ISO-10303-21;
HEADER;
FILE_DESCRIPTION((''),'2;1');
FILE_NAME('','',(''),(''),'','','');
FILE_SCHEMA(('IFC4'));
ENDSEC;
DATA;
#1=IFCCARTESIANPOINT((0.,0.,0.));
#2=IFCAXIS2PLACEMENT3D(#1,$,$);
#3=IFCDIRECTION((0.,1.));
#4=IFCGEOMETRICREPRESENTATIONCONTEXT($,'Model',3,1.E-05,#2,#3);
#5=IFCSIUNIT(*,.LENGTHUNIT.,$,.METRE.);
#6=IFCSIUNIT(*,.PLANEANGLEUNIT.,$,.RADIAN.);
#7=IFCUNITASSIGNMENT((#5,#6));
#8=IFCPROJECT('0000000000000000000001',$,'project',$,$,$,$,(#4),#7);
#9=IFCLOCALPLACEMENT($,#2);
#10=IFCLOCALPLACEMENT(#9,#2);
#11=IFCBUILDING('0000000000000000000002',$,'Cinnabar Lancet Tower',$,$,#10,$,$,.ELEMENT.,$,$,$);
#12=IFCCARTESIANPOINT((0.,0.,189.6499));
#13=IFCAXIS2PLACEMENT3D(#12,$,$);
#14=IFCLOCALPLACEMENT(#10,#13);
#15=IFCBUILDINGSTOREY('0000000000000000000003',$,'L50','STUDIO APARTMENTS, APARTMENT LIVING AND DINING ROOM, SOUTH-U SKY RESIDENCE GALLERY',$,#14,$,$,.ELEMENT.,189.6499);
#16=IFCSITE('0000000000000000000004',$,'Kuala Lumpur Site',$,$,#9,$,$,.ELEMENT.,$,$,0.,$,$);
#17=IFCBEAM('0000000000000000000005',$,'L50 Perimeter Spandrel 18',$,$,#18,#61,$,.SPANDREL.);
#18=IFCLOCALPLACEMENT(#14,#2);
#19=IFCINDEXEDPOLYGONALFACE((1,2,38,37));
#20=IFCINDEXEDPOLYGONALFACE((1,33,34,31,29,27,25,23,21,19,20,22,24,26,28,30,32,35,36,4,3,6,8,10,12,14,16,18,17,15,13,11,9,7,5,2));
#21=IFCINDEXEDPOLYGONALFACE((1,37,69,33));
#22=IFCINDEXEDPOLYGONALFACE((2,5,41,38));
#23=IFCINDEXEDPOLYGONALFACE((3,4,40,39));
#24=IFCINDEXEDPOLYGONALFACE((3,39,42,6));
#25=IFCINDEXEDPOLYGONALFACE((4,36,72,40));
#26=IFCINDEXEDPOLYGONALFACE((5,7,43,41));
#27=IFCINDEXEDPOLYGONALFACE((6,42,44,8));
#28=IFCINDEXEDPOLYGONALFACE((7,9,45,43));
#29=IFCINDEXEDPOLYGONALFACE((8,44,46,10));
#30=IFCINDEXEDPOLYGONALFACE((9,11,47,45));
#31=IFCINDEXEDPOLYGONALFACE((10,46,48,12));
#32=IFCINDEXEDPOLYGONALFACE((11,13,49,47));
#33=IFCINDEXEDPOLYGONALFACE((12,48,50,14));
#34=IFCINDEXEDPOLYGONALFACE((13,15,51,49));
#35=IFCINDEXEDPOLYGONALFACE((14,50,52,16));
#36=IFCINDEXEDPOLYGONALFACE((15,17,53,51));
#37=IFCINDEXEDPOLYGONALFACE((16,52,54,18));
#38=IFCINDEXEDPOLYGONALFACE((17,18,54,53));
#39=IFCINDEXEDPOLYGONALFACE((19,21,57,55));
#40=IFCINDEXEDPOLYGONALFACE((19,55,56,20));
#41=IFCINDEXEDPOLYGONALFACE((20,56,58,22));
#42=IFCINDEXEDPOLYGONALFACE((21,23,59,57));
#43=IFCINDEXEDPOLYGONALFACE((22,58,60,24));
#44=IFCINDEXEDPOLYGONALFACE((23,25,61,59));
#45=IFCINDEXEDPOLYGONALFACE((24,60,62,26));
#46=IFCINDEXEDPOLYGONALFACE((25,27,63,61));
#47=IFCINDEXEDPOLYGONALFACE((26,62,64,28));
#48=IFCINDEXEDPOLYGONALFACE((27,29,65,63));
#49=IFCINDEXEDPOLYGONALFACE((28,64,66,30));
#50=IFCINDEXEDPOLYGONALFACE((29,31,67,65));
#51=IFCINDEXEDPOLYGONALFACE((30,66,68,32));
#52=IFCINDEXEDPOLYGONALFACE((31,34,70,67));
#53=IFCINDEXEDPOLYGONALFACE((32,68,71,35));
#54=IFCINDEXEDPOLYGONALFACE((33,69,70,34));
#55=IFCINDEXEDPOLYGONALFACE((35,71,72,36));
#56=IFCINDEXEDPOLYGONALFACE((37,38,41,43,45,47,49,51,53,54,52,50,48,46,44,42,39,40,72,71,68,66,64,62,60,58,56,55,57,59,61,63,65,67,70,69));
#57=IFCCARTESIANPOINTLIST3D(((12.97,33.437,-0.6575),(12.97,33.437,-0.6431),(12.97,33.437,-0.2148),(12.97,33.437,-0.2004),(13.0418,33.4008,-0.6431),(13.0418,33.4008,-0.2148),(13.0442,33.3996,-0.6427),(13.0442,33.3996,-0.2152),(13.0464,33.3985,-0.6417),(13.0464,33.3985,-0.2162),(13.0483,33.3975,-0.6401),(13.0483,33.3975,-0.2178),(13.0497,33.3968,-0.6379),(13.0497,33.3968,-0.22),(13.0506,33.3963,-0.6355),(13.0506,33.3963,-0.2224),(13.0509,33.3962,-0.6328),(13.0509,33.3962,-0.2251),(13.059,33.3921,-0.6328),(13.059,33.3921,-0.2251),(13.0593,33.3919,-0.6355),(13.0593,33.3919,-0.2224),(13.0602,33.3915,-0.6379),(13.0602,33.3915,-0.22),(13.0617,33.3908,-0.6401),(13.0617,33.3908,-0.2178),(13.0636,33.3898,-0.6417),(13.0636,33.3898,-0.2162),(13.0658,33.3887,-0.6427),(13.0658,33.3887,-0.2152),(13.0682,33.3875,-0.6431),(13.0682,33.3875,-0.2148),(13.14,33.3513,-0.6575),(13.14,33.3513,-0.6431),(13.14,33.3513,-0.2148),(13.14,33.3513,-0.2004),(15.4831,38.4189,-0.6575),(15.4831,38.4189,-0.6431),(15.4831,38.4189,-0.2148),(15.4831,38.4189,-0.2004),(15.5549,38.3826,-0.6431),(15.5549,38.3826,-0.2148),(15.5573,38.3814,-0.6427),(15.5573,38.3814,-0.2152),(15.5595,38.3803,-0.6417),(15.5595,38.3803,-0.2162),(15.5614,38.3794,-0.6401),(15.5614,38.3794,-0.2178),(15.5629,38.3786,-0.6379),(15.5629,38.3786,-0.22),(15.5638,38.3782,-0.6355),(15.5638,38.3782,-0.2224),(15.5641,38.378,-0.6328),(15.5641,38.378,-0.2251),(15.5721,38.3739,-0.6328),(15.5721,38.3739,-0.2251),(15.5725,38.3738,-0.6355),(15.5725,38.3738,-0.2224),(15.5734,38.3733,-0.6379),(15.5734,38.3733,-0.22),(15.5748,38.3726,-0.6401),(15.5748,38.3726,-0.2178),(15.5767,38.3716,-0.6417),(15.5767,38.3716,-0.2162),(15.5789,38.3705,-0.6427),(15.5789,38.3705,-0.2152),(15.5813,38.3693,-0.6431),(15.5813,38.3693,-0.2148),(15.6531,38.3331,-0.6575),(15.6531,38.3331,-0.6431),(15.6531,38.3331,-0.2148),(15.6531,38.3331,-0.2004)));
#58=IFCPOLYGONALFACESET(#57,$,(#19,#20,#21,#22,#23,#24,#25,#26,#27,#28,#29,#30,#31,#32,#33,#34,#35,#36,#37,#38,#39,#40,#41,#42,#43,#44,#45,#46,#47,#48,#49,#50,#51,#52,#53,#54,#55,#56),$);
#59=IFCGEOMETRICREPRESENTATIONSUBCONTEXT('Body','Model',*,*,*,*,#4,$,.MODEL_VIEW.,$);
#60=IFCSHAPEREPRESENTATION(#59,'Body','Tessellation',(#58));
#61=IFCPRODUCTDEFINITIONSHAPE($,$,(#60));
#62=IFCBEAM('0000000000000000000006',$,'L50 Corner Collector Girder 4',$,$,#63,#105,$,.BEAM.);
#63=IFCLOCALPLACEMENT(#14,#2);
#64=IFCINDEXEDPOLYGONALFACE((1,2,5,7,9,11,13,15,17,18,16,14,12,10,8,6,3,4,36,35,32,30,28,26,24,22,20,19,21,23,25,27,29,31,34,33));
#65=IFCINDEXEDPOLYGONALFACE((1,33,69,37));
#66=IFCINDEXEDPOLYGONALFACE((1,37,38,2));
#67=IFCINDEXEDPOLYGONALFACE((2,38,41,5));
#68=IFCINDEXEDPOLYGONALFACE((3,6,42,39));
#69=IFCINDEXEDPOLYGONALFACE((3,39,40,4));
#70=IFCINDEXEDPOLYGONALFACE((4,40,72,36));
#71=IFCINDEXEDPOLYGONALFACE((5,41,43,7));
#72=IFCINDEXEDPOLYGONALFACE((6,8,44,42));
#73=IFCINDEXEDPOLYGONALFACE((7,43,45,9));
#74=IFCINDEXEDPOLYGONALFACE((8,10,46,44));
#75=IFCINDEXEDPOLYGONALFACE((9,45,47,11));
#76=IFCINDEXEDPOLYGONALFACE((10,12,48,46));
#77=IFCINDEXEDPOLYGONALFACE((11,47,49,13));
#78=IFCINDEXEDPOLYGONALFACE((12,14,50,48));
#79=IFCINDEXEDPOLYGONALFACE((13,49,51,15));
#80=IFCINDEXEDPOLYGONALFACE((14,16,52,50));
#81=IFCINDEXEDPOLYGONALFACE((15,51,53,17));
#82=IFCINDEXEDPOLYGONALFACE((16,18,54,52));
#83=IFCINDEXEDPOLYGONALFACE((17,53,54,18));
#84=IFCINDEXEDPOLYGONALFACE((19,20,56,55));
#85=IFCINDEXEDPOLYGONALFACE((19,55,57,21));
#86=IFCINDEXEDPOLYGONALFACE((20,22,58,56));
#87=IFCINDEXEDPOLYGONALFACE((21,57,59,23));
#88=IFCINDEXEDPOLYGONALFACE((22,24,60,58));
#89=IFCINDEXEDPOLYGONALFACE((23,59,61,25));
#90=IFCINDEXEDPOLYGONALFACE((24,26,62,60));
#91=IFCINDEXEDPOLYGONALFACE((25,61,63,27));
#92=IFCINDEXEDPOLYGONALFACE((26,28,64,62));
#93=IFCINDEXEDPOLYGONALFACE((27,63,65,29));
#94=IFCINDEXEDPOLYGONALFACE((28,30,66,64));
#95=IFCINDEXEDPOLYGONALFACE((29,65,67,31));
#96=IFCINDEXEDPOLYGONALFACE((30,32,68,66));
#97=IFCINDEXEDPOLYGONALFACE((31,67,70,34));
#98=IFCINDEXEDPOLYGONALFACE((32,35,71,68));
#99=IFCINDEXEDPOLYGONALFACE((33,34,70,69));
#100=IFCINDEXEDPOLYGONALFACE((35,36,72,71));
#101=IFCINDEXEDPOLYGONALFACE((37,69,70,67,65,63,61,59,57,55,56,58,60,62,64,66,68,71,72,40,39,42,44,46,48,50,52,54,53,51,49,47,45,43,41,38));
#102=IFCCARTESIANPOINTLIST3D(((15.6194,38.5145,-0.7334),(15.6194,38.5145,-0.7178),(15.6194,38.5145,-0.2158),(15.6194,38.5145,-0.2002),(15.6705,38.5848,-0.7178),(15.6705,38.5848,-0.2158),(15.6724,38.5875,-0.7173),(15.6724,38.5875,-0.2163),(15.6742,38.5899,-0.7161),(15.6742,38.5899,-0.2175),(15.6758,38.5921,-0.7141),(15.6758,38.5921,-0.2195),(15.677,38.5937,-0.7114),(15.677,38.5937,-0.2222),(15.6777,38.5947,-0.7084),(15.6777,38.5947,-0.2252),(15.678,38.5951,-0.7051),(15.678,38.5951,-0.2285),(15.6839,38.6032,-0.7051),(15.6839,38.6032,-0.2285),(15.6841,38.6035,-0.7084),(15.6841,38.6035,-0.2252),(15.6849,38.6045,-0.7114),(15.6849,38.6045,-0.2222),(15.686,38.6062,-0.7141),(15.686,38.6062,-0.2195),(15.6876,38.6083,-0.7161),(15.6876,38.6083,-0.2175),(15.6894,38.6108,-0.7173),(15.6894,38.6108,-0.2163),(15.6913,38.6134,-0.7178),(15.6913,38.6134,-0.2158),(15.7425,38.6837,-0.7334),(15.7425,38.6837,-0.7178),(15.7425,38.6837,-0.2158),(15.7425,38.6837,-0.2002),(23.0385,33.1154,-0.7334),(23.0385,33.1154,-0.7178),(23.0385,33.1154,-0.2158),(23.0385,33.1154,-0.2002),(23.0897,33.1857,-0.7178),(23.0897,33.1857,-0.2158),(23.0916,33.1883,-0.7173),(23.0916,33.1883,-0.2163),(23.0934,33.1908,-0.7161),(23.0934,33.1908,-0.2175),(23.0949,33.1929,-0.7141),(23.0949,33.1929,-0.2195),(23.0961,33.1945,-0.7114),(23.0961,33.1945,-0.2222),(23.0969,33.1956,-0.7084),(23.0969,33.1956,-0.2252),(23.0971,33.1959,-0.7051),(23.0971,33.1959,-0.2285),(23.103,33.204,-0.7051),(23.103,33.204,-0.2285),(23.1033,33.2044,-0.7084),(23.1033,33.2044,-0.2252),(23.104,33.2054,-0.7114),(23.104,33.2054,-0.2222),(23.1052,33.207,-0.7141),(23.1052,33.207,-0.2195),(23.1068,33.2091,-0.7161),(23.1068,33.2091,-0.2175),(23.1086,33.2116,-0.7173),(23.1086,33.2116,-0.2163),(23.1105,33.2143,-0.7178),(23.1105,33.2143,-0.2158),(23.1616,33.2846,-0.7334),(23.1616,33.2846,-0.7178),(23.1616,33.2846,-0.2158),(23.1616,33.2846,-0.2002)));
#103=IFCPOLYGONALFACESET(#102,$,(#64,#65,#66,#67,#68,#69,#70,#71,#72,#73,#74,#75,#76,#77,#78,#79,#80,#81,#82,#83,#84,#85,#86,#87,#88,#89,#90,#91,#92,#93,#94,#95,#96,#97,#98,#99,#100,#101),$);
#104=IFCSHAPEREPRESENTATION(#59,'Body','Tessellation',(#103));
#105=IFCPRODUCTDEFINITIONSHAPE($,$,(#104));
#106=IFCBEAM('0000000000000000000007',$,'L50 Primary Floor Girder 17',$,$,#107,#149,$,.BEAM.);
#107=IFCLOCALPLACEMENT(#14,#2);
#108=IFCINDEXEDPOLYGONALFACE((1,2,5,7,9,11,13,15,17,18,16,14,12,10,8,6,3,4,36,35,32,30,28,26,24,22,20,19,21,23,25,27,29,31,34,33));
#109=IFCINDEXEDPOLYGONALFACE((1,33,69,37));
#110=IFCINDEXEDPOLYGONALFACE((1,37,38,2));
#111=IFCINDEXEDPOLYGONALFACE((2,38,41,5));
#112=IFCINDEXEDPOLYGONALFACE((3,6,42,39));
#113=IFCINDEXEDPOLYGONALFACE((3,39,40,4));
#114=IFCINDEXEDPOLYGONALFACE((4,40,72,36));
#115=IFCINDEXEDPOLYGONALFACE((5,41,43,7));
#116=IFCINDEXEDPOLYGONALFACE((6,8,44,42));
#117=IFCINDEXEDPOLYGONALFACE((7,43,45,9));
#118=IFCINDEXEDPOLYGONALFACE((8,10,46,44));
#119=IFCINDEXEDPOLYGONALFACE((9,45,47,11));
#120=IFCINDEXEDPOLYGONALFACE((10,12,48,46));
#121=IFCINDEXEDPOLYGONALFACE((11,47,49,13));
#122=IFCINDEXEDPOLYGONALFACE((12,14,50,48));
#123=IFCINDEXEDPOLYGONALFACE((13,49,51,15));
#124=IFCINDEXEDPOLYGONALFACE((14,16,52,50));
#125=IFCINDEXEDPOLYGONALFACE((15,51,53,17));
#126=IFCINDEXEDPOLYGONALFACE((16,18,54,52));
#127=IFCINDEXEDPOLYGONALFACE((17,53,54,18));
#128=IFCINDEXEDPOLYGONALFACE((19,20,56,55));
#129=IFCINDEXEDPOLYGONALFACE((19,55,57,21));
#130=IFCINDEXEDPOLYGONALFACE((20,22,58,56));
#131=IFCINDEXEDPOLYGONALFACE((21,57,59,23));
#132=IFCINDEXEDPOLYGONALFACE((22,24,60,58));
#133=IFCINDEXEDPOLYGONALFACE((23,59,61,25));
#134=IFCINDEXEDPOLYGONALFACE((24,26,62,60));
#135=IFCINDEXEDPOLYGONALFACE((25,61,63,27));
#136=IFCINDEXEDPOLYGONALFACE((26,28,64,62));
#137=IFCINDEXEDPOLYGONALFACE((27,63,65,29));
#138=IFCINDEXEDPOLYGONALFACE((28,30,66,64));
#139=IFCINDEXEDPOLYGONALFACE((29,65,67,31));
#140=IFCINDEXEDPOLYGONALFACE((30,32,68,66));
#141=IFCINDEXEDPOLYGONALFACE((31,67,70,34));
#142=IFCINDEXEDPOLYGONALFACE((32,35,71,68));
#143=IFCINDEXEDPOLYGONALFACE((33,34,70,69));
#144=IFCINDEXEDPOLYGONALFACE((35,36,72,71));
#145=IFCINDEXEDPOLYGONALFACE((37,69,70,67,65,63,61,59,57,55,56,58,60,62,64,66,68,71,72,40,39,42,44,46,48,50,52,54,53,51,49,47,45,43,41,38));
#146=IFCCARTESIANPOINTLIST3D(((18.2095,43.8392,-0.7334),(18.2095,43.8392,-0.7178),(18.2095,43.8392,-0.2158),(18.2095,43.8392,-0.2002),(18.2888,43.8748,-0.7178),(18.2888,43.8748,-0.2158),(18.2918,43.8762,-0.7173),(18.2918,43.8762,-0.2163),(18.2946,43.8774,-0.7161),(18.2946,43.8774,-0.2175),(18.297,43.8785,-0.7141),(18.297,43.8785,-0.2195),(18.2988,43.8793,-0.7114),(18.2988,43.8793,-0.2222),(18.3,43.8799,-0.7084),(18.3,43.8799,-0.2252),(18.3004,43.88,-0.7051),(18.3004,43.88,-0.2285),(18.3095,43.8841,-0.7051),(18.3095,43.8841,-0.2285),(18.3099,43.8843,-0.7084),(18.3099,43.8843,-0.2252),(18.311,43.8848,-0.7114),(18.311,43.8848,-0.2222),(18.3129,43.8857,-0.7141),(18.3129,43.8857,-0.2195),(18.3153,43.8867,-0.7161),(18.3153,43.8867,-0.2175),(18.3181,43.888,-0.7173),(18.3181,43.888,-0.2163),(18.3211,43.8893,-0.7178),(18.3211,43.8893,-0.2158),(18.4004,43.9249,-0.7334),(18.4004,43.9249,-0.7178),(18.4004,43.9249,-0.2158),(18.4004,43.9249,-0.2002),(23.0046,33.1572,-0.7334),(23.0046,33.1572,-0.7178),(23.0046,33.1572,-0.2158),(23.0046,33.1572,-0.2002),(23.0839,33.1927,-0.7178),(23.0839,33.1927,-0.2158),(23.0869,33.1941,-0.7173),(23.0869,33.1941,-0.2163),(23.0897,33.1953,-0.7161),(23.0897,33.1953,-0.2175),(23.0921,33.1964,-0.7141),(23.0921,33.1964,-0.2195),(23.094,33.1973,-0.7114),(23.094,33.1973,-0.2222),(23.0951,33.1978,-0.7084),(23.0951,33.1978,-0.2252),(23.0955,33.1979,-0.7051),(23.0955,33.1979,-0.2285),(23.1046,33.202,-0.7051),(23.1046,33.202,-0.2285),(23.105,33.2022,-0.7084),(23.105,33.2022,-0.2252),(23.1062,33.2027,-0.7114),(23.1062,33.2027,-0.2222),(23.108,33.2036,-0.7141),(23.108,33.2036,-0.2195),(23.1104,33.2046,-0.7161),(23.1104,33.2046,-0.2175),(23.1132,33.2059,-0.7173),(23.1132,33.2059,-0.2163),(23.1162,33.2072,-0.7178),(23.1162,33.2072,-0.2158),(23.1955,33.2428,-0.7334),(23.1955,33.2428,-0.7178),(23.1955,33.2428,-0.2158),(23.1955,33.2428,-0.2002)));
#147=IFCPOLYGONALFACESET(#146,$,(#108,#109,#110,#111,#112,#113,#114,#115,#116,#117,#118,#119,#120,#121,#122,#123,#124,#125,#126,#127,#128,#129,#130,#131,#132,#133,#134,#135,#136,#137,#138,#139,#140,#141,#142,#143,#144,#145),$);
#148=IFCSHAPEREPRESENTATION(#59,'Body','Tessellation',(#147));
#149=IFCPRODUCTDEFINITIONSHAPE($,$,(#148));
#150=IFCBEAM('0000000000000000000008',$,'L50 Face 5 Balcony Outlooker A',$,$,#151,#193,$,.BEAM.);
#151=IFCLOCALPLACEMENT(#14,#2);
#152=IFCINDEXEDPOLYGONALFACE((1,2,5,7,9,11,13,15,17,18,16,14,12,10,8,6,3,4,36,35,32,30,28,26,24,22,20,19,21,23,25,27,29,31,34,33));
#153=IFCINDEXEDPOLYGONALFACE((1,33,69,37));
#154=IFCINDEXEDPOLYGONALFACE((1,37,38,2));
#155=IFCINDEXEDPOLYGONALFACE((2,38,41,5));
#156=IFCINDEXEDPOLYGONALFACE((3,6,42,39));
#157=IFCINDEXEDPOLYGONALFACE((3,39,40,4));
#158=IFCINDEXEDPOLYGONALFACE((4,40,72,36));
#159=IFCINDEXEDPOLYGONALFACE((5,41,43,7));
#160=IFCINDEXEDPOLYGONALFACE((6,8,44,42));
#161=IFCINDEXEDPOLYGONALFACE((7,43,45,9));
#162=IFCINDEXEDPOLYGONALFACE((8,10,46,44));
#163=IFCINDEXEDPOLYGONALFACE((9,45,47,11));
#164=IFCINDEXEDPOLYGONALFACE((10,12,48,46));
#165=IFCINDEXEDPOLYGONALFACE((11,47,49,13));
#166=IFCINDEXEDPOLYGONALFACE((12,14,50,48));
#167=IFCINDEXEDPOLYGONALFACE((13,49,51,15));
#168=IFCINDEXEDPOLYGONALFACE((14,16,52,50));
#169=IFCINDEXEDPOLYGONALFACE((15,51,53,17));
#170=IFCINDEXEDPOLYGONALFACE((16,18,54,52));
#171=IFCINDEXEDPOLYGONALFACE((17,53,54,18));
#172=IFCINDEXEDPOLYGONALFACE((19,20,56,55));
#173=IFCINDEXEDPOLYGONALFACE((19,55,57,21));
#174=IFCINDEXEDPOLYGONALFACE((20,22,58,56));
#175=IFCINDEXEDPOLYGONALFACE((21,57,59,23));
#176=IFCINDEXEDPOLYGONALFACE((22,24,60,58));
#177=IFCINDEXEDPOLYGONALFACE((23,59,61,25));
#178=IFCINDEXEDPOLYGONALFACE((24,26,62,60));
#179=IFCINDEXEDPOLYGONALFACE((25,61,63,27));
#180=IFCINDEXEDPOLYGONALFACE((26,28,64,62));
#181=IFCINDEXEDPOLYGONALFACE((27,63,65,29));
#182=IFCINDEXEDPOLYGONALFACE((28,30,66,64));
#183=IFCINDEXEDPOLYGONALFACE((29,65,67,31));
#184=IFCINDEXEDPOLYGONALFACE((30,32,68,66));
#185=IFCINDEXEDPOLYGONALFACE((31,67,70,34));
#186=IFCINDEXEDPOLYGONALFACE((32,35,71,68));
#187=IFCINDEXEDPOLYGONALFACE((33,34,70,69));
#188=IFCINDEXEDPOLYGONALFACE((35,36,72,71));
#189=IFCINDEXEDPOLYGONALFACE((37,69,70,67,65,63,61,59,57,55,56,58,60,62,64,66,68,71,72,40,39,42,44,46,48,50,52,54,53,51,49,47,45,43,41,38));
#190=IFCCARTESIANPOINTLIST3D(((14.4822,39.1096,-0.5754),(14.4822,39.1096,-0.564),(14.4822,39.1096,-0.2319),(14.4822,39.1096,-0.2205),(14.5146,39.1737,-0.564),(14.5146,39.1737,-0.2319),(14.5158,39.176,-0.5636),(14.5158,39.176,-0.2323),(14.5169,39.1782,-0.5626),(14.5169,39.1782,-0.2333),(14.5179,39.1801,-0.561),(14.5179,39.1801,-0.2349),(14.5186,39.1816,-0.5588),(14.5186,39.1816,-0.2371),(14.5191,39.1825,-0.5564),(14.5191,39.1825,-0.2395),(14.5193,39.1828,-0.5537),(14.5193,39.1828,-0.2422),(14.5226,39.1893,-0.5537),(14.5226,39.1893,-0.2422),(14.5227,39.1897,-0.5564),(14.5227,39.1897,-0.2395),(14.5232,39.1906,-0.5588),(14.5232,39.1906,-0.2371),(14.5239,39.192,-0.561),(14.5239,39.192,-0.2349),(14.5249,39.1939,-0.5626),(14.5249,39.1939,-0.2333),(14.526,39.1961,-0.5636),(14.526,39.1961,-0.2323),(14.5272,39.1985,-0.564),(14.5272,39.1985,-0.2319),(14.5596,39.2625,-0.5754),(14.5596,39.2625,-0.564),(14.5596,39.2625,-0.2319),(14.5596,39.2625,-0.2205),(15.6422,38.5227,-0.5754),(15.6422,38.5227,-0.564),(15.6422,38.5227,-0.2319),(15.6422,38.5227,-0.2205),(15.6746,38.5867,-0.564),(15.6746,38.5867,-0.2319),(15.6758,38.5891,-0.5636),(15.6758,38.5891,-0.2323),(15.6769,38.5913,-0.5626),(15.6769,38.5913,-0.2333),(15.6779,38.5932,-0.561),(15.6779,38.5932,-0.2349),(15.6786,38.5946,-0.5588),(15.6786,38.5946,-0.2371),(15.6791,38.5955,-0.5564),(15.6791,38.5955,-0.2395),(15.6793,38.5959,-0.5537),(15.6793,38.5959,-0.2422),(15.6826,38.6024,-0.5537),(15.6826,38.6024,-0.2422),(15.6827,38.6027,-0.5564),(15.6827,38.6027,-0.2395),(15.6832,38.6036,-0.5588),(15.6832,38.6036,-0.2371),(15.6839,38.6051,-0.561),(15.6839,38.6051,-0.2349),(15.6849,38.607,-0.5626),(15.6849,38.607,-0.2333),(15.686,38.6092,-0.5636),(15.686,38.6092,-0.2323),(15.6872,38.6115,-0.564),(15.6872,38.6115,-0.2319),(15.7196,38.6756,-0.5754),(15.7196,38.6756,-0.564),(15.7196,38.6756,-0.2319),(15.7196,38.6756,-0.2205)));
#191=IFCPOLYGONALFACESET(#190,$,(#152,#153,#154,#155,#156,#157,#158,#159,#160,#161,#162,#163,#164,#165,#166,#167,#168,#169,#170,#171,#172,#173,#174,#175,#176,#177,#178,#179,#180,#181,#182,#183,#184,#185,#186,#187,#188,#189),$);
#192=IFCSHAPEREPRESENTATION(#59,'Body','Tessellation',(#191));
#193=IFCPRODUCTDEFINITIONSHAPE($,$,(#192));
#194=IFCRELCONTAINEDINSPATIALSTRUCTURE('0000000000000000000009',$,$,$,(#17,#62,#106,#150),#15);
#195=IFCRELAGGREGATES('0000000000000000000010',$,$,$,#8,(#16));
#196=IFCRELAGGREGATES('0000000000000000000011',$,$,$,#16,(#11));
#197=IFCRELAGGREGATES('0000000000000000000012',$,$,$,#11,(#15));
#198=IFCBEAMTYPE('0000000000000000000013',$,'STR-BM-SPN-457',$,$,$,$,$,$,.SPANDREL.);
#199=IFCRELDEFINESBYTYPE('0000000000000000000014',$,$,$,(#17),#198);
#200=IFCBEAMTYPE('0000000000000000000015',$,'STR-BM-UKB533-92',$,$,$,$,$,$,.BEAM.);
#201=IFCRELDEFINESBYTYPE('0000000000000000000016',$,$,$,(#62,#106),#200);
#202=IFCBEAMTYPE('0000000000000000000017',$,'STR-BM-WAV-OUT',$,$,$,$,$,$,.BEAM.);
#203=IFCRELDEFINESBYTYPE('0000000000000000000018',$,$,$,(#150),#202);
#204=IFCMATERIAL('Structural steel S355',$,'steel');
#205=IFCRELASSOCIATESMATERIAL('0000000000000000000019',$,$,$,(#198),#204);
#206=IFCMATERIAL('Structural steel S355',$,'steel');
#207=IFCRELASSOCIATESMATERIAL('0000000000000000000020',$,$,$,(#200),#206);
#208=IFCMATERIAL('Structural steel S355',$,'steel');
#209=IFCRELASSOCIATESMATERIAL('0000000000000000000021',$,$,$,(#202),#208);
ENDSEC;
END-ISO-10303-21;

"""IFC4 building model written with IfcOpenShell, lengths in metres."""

from ifc_helpers import new_model, si_unit, direction, frame, origin, origin_2d, place, context, subcontext, project, spatial, i_section, extrude, material, material_profile, profile_set, type_object, element, save


model = new_model("IFC4")

# Units and contexts
model_context = context("Model", 3, precision=1e-05, world=origin(), true_north=direction((0.0, 1.0)))
body_context = subcontext(model_context, "Body", "Model", "MODEL_VIEW")
ifc_project = project(units=[si_unit("LENGTHUNIT", "METRE"), si_unit("PLANEANGLEUNIT", "RADIAN")], contexts=[model_context])

# Site, building, storey
site_placement = place(None, origin())
site = spatial("IfcSite", under=ifc_project, at=site_placement, Name="Kuala Lumpur Site", CompositionType="ELEMENT", RefElevation=0.0)
building_placement = place(site_placement, origin())
building = spatial("IfcBuilding", under=site, at=building_placement, Name="Cinnabar Lancet Tower", CompositionType="ELEMENT")
storey_placement = place(building_placement, frame((0.0, 0.0, 189.6499)))
storey = spatial("IfcBuildingStorey", under=building, at=storey_placement, Name="L50", Description="STUDIO APARTMENTS, APARTMENT LIVING AND DINING ROOM, SOUTH-U SKY RESIDENCE GALLERY", CompositionType="ELEMENT", Elevation=189.6499)

# Beams
ifc_material_1 = material(Name="Structural steel S355", Category="steel")
ifc_material_profile_1 = material_profile(ifc_material_1, i_section(OverallWidth=0.1904, OverallDepth=0.457, WebThickness=0.009, FlangeThickness=0.0144, FilletRadius=0.0103, at=origin_2d()), Name="UKB 457x191x74")
ifc_profile_set_1 = profile_set([ifc_material_profile_1], Name="Structural steel S355")
beam_type_1 = type_object("IfcBeamType", Name="STR-BM-SPN-457", PredefinedType="SPANDREL", material=ifc_profile_set_1)
beam_1_placement = place(storey_placement, frame((15.5681, 38.376, -0.429), z_axis=(-0.450396, -0.892829, 0.0), x_axis=(0.892829, -0.450396, 0.0)))
element("IfcBeam", 1, at=beam_1_placement, inside=storey, type_object=beam_type_1, Name="L50 Perimeter Spandrel 18", PredefinedType="SPANDREL", context=body_context, shape_type="SweptSolid", body=[
    extrude(i_section(OverallWidth=0.1904, OverallDepth=0.457, WebThickness=0.009, FlangeThickness=0.0144, FilletRadius=0.0103, at=origin_2d()), origin(), (0.0, 0.0, 1.0), 5.5798),
])
ifc_material_2 = material(Name="Structural steel S355", Category="steel")
ifc_material_profile_2 = material_profile(ifc_material_2, i_section(OverallWidth=0.2092, OverallDepth=0.5332, WebThickness=0.01, FlangeThickness=0.0156, FilletRadius=0.0127, at=origin_2d()), Name="UKB 533x210x92")
ifc_profile_set_2 = profile_set([ifc_material_profile_2], Name="Structural steel S355")
beam_type_2 = type_object("IfcBeamType", Name="STR-BM-UKB533-92", PredefinedType="BEAM", material=ifc_profile_set_2)
beam_2_placement = place(storey_placement, frame((15.6809, 38.5991, -0.4668), z_axis=(0.80856, -0.588414, 0.0), x_axis=(0.588414, 0.80856, 0.0)))
element("IfcBeam", 2, at=beam_2_placement, inside=storey, type_object=beam_type_2, Name="L50 Corner Collector Girder 4", PredefinedType="BEAM", context=body_context, shape_type="SweptSolid", body=[
    extrude(i_section(OverallWidth=0.2092, OverallDepth=0.5332, WebThickness=0.01, FlangeThickness=0.0156, FilletRadius=0.0127, at=origin_2d()), origin(), (0.0, 0.0, 1.0), 9.1758),
])
beam_3_placement = place(storey_placement, frame((18.3049, 43.8821, -0.4668), z_axis=(0.409527, -0.912298, 0.0), x_axis=(0.912298, 0.409527, 0.0)))
element("IfcBeam", 3, at=beam_3_placement, inside=storey, type_object=beam_type_2, Name="L50 Primary Floor Girder 17", PredefinedType="BEAM", context=body_context, shape_type="SweptSolid", body=[
    extrude(i_section(OverallWidth=0.2092, OverallDepth=0.5332, WebThickness=0.01, FlangeThickness=0.0156, FilletRadius=0.0127, at=origin_2d()), origin(), (0.0, 0.0, 1.0), 11.709),
])
ifc_material_3 = material(Name="Structural steel S355", Category="steel")
ifc_material_profile_3 = material_profile(ifc_material_3, i_section(OverallWidth=0.1714, OverallDepth=0.355, WebThickness=0.0073, FlangeThickness=0.0115, FilletRadius=0.0103, at=origin_2d()), Name="UKB 356x171x51")
ifc_profile_set_3 = profile_set([ifc_material_profile_3], Name="Structural steel S355")
beam_type_3 = type_object("IfcBeamType", Name="STR-BM-WAV-OUT", PredefinedType="BEAM", material=ifc_profile_set_3)
beam_4_placement = place(storey_placement, frame((15.6809, 38.5991, -0.3979), z_axis=(-0.892276, 0.45149, 0.0), x_axis=(-0.45149, -0.892276, 0.0)))
element("IfcBeam", 4, at=beam_4_placement, inside=storey, type_object=beam_type_3, Name="L50 Face 5 Balcony Outlooker A", PredefinedType="BEAM", context=body_context, shape_type="SweptSolid", body=[
    extrude(i_section(OverallWidth=0.1714, OverallDepth=0.355, WebThickness=0.0073, FlangeThickness=0.0115, FilletRadius=0.0103, at=origin_2d()), origin(), (0.0, 0.0, 1.0), 1.3),
])

save(model, "model.ifc")
